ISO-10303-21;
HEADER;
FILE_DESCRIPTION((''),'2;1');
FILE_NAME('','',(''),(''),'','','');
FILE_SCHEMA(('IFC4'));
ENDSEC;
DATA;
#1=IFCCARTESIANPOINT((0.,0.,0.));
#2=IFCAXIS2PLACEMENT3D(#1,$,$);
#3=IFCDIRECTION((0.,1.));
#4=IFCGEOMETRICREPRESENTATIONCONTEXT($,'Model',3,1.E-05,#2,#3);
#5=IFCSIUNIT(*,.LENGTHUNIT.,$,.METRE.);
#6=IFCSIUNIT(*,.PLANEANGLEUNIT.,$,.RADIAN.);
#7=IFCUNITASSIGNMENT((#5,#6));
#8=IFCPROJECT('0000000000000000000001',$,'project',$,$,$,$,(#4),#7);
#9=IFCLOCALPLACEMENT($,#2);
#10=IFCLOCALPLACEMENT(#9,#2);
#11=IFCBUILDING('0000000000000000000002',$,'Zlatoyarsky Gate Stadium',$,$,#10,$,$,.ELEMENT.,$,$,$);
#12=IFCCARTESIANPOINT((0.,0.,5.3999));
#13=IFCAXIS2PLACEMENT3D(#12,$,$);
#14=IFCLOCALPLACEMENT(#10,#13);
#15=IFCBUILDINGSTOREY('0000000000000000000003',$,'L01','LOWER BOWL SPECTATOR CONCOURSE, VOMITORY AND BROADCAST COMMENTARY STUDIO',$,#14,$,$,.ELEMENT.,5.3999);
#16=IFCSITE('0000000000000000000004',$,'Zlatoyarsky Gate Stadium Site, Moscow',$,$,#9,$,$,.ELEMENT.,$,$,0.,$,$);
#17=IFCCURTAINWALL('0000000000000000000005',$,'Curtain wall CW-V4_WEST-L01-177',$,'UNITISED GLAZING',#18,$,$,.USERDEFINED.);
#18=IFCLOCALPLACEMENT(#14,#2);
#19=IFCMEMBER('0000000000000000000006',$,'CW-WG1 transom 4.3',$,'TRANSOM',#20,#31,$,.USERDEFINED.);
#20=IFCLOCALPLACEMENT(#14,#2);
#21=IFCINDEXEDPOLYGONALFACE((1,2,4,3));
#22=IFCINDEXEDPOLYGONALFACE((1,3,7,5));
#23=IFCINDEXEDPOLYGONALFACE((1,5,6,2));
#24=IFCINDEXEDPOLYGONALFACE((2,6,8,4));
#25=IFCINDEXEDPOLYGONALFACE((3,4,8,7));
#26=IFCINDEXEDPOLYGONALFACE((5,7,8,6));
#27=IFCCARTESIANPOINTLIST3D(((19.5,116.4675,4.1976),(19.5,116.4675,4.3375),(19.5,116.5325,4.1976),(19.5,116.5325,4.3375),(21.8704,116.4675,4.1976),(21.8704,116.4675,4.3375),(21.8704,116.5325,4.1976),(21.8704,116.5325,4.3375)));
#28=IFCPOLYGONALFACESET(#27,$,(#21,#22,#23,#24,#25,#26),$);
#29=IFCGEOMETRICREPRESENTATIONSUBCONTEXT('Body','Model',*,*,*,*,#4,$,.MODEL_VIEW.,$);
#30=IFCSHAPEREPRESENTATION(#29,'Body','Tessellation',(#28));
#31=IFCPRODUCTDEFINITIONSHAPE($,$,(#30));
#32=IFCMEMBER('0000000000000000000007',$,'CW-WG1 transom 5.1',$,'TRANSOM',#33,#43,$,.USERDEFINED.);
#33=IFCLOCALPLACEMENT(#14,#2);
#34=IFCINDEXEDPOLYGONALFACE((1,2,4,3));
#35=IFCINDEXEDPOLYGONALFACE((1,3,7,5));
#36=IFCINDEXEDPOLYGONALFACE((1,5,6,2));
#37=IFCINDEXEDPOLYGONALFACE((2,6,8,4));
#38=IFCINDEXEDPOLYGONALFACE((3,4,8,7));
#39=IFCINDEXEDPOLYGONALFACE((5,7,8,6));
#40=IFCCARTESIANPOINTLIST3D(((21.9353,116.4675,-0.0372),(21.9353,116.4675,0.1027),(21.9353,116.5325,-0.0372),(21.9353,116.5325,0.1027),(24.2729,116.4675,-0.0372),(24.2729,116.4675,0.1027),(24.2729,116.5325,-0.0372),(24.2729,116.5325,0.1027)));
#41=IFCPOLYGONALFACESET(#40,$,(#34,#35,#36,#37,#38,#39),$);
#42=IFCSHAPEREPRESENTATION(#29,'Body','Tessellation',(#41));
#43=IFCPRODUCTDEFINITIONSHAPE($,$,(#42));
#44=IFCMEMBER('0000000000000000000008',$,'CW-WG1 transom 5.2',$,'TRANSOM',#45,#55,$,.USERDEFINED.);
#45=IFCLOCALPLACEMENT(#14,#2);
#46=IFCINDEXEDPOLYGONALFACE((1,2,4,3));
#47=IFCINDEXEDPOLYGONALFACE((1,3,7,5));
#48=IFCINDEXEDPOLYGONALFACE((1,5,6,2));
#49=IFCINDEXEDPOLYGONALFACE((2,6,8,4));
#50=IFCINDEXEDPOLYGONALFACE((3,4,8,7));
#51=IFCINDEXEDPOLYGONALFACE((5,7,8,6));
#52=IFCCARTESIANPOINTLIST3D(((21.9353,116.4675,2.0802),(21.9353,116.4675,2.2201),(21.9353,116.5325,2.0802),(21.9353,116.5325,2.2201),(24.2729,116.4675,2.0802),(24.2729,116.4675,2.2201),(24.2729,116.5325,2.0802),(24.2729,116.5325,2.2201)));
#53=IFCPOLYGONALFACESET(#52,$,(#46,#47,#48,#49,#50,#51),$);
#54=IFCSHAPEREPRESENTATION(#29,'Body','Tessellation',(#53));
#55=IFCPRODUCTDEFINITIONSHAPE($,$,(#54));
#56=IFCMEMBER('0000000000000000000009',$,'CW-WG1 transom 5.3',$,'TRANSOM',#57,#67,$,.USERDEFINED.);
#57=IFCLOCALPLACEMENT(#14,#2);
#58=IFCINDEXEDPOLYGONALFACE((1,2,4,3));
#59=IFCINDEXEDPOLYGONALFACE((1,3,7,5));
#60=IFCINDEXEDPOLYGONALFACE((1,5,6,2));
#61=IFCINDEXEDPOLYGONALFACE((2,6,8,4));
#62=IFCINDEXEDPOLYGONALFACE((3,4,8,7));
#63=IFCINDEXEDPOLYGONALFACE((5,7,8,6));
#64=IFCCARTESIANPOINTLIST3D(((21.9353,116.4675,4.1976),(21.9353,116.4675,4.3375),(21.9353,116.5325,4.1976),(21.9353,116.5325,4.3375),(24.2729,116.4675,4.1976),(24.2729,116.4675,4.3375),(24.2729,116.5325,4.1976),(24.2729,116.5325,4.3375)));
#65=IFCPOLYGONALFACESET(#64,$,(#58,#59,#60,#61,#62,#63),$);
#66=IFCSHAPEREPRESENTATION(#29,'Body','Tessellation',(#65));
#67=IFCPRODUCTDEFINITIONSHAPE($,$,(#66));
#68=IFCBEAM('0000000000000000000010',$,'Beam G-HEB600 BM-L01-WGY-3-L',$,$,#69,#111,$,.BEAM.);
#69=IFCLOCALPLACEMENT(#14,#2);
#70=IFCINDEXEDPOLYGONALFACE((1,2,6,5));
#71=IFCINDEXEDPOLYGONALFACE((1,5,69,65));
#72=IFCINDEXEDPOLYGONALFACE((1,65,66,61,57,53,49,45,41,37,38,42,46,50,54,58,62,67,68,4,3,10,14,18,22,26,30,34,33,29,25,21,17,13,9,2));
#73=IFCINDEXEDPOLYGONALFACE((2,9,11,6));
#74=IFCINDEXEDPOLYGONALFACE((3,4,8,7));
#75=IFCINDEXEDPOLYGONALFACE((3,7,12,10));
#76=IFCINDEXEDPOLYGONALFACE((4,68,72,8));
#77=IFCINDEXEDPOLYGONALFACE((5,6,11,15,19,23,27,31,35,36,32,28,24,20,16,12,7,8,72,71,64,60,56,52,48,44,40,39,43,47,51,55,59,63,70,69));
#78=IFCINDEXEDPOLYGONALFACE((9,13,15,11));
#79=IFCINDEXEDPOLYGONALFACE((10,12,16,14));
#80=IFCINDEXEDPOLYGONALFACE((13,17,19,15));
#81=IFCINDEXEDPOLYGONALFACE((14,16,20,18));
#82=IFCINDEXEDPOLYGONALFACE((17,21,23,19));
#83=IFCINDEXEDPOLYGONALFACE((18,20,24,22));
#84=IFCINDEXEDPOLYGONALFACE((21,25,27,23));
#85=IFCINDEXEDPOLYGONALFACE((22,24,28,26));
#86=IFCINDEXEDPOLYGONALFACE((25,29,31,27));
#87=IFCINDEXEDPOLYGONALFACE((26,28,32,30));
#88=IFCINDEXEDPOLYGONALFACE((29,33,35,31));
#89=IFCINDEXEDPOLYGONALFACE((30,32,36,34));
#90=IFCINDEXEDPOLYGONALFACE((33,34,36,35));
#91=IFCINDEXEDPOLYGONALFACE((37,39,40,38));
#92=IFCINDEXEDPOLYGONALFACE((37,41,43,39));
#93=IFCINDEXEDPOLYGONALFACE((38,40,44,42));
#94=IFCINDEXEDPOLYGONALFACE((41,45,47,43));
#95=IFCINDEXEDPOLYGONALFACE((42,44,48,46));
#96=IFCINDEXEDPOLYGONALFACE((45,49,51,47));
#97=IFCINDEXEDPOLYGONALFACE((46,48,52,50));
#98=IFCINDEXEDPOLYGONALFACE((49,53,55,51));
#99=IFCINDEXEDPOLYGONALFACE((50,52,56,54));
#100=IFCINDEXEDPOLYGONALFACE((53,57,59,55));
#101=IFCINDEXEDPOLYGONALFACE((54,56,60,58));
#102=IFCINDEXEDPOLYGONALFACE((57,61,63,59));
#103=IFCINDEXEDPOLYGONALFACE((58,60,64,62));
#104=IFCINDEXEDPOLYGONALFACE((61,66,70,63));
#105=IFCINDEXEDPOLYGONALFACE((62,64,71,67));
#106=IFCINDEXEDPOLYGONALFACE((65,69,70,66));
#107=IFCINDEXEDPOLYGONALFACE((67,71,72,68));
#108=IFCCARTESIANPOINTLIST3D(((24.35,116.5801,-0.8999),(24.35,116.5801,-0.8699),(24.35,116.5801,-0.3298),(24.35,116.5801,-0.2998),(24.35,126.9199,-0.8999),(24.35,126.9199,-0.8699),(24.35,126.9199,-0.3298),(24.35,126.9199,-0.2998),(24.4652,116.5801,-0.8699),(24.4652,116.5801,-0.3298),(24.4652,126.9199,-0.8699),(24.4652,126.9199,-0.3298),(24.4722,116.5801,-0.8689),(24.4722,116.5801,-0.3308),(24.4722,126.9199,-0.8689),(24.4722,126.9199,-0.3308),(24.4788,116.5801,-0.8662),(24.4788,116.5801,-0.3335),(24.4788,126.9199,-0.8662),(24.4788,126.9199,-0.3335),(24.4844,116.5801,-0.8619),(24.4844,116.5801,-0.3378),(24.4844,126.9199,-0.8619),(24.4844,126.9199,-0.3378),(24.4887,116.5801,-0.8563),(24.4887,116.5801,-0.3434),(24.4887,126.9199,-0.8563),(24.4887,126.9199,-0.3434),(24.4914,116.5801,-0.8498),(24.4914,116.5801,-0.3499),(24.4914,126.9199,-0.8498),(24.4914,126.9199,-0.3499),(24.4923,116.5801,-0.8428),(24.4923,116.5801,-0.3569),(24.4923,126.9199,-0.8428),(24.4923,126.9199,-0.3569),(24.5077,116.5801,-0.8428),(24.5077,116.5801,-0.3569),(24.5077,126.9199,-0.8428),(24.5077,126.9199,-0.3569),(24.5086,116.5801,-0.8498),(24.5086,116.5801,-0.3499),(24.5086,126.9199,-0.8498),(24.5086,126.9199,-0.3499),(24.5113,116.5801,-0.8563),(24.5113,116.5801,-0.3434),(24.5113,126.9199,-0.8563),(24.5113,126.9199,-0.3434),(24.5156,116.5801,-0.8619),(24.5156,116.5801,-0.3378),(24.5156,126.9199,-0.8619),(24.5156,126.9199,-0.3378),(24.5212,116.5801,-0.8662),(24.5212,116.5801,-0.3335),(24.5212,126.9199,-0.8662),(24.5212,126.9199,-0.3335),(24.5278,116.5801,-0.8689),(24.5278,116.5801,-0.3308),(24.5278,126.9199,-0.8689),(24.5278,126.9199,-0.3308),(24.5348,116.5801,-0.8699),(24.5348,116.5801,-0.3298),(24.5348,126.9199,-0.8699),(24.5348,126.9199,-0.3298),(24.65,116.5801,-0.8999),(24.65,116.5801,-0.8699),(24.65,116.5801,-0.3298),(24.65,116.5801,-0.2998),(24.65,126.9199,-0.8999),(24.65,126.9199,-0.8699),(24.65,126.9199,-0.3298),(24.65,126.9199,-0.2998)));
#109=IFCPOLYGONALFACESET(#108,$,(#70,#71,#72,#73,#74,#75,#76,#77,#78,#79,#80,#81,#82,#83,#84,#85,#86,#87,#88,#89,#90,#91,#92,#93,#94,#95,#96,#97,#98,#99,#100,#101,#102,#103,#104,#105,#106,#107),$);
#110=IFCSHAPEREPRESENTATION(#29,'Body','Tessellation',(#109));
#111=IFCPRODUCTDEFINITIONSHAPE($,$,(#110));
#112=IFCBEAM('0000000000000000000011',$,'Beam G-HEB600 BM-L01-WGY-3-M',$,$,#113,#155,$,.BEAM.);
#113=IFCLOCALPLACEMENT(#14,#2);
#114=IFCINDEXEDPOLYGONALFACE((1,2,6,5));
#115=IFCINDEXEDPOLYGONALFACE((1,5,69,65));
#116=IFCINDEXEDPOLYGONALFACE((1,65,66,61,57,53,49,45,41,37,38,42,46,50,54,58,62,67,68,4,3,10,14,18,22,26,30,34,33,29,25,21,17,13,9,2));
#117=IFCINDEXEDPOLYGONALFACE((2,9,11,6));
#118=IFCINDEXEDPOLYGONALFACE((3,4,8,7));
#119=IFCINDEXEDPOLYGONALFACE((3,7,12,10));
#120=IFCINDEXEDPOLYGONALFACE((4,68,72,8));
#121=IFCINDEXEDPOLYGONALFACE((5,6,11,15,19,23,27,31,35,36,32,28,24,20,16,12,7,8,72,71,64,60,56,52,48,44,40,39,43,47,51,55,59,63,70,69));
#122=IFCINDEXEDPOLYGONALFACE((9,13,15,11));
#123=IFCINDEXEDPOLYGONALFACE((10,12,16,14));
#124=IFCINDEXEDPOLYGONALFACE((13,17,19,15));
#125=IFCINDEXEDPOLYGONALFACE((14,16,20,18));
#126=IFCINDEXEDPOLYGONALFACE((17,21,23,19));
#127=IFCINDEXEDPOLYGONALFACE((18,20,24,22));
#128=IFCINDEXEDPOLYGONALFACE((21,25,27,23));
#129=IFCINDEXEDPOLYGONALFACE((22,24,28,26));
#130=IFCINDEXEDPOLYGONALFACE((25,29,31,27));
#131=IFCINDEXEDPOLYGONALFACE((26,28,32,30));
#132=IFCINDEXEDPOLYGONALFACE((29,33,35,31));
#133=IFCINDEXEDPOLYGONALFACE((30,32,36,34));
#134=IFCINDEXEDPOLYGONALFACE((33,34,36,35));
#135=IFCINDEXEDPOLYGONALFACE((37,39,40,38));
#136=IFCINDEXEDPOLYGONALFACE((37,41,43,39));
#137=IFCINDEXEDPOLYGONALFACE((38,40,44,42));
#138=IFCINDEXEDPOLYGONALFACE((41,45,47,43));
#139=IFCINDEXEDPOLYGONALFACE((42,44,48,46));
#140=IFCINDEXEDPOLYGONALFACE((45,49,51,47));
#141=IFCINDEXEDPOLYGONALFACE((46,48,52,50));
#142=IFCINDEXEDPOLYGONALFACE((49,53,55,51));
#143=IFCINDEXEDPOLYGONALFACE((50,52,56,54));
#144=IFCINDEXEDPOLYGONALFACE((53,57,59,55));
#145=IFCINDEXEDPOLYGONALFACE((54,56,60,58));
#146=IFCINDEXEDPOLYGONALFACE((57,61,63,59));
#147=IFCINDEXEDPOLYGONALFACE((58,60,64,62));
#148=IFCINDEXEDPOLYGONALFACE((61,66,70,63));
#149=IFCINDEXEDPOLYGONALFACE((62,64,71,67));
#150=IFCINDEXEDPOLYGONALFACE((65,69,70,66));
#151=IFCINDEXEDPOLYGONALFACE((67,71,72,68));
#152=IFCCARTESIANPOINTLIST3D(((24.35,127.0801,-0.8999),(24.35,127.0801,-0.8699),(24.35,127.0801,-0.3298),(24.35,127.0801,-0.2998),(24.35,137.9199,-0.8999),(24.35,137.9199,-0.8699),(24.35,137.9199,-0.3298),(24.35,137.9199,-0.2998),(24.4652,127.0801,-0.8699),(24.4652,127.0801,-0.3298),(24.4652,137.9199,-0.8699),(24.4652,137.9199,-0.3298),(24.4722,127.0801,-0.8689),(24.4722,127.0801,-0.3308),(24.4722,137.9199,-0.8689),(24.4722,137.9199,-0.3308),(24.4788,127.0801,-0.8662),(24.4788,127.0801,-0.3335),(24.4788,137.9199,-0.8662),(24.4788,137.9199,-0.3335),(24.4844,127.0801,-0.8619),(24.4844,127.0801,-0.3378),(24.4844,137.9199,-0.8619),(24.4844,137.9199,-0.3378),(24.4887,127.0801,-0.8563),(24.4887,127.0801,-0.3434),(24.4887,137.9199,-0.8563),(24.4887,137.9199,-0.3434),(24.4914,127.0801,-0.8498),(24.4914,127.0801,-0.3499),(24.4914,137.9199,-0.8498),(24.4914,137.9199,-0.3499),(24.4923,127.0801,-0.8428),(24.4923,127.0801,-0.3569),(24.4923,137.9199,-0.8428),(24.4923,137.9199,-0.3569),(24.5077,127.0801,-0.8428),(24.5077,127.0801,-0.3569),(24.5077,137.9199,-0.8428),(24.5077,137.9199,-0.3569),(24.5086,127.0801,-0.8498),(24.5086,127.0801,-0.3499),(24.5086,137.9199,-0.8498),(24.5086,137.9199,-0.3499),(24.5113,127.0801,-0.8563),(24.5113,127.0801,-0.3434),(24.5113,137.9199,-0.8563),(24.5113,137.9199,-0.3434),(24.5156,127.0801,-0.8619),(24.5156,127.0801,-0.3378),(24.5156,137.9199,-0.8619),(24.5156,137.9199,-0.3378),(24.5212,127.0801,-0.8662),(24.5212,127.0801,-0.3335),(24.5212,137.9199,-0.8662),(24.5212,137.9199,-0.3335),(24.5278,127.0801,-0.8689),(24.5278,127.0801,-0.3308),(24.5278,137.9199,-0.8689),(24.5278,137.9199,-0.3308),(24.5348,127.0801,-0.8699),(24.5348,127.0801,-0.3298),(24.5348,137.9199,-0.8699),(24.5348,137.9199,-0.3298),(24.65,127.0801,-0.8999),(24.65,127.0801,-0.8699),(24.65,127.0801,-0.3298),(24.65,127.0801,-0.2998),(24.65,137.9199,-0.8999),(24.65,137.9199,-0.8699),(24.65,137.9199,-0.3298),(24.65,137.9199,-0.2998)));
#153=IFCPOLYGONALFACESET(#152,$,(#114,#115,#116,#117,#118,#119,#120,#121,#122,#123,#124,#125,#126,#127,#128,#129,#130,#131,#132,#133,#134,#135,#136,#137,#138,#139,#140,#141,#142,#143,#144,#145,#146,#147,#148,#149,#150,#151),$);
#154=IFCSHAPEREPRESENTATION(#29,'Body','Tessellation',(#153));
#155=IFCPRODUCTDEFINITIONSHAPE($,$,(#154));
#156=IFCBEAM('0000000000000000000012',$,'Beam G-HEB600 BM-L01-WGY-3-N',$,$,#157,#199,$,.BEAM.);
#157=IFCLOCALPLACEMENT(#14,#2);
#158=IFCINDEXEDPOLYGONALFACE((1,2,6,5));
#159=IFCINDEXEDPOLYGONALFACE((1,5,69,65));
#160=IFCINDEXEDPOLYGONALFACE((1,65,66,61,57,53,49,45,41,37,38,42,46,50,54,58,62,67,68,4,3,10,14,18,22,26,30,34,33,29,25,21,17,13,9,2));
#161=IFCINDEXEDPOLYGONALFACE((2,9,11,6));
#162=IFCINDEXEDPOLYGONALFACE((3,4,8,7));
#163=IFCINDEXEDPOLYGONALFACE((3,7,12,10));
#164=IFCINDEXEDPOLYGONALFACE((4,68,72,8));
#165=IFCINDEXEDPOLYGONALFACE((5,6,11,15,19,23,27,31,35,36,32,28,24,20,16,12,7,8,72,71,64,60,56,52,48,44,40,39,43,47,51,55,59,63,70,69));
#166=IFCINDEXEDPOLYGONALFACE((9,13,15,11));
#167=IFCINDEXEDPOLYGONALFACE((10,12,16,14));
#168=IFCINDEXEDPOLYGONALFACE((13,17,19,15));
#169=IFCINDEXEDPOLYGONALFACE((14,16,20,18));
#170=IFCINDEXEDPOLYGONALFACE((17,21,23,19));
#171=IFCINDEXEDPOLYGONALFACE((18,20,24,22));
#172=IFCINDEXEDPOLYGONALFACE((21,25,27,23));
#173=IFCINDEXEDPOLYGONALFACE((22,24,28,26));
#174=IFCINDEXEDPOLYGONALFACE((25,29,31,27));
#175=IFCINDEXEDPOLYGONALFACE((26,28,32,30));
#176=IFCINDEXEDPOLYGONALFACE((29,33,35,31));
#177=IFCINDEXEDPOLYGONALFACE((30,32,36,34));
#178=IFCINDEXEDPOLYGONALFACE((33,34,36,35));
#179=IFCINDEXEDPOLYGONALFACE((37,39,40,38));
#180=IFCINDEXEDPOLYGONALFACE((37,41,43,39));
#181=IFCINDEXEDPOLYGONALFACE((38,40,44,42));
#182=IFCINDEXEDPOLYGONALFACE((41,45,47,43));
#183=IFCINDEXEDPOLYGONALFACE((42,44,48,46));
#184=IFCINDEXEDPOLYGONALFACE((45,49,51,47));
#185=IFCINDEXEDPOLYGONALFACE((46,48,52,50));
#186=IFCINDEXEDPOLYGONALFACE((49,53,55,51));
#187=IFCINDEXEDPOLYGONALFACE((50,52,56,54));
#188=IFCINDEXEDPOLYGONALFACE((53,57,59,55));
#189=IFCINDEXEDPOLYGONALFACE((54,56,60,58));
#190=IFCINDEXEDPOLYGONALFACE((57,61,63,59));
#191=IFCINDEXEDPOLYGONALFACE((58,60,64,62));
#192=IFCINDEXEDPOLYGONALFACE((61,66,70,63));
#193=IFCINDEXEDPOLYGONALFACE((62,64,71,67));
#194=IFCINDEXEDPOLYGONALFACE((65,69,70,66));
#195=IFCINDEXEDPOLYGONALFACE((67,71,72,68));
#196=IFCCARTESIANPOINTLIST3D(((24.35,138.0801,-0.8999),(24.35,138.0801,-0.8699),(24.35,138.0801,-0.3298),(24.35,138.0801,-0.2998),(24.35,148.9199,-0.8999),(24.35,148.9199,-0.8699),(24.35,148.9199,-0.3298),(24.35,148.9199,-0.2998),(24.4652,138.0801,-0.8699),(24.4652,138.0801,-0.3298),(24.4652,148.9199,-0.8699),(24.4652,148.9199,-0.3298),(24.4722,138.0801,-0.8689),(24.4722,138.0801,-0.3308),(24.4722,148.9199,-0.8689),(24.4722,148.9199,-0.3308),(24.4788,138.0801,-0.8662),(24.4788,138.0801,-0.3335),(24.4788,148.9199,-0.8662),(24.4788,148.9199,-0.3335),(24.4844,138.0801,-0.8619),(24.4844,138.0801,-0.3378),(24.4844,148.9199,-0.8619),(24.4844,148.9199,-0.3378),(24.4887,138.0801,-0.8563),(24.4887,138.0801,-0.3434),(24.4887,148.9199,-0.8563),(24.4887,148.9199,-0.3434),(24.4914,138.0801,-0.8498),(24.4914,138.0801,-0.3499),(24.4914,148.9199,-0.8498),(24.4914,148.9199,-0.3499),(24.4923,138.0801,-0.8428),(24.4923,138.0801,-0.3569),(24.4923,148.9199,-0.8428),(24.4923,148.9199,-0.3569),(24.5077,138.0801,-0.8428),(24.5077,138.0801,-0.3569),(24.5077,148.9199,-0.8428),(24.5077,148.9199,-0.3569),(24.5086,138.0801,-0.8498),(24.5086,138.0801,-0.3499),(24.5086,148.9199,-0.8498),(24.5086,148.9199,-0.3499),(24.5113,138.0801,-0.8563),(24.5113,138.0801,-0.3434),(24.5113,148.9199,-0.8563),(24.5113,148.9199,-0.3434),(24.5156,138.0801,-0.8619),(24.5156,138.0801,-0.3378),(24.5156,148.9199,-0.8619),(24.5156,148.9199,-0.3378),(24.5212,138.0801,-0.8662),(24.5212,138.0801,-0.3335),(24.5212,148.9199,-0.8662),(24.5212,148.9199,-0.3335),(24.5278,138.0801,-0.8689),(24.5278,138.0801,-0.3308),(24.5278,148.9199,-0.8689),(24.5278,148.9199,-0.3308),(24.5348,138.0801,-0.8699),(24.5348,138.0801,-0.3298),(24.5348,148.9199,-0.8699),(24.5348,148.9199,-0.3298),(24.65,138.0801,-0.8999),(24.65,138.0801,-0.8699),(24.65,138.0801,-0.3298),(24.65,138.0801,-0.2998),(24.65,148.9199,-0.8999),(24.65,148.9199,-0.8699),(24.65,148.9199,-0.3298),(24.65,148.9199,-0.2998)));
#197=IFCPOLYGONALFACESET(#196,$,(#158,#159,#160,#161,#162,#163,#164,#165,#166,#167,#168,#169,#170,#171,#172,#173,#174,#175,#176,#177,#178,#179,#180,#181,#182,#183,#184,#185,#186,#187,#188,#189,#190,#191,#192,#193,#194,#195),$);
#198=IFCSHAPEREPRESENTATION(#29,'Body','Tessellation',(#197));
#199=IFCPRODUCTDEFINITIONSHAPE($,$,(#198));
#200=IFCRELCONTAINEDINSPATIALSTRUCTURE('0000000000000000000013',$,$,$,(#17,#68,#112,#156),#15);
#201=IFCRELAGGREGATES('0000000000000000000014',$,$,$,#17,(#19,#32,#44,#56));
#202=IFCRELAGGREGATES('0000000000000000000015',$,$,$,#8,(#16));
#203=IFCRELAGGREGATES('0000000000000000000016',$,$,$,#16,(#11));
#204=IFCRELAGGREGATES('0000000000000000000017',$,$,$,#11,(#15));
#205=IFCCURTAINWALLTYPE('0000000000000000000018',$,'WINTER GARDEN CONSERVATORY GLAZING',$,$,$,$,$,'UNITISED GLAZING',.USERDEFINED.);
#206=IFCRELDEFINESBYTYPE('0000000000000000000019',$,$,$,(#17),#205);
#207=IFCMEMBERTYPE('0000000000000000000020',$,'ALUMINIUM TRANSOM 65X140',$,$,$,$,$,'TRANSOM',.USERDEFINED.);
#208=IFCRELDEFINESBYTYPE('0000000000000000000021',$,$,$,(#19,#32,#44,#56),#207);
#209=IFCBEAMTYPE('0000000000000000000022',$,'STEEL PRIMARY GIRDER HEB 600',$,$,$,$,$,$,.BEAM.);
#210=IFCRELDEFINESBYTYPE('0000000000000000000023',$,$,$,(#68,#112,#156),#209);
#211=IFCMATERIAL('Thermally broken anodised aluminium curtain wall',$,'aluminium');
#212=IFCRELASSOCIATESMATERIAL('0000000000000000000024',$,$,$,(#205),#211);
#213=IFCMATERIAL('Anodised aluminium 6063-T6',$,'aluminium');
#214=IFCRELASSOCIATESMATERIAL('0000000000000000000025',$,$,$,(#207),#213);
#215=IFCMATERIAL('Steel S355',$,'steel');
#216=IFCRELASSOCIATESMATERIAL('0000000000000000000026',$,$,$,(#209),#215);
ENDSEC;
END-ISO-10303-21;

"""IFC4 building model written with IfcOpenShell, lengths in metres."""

from ifc_helpers import new_model, si_unit, direction, frame, origin, origin_2d, place, context, subcontext, project, spatial, rectangle, i_section, extrude, material, material_profile, profile_set, type_object, element, aggregate, save


model = new_model("IFC4")

# Units and contexts
model_context = context("Model", 3, precision=1e-05, world=origin(), true_north=direction((0.0, 1.0)))
body_context = subcontext(model_context, "Body", "Model", "MODEL_VIEW")
ifc_project = project(units=[si_unit("LENGTHUNIT", "METRE"), si_unit("PLANEANGLEUNIT", "RADIAN")], contexts=[model_context])

# Site, building, storey
site_placement = place(None, origin())
site = spatial("IfcSite", under=ifc_project, at=site_placement, Name="Zlatoyarsky Gate Stadium Site, Moscow", CompositionType="ELEMENT", RefElevation=0.0)
building_placement = place(site_placement, origin())
building = spatial("IfcBuilding", under=site, at=building_placement, Name="Zlatoyarsky Gate Stadium", CompositionType="ELEMENT")
storey_placement = place(building_placement, frame((0.0, 0.0, 5.3999)))
storey = spatial("IfcBuildingStorey", under=building, at=storey_placement, Name="L01", Description="LOWER BOWL SPECTATOR CONCOURSE, VOMITORY AND BROADCAST COMMENTARY STUDIO", CompositionType="ELEMENT", Elevation=5.3999)

# Shared definitions
ifc_material_1 = material(Name="Steel S355", Category="steel")

# Curtain wall, members
ifc_material_2 = material(Name="Thermally broken anodised aluminium curtain wall", Category="aluminium")
curtain_wall_type = type_object("IfcCurtainWallType", Name="WINTER GARDEN CONSERVATORY GLAZING", ElementType="UNITISED GLAZING", PredefinedType="USERDEFINED", material=ifc_material_2)
curtain_wall_placement = place(storey_placement, origin())
curtain_wall = element("IfcCurtainWall", 1, at=curtain_wall_placement, inside=storey, type_object=curtain_wall_type, Name="Curtain wall CW-V4_WEST-L01-177", ObjectType="UNITISED GLAZING", PredefinedType="USERDEFINED")
ifc_material_3 = material(Name="Anodised aluminium 6063-T6", Category="aluminium")
ifc_material_profile_1 = material_profile(ifc_material_3, rectangle(XDim=0.0649, YDim=0.1399, at=origin_2d()), Name="ALU 65X140")
ifc_profile_set_1 = profile_set([ifc_material_profile_1], Name="Anodised aluminium 6063-T6")
member_type_1 = type_object("IfcMemberType", Name="ALUMINIUM TRANSOM 65X140", ElementType="TRANSOM", PredefinedType="USERDEFINED", material=ifc_profile_set_1)
member_1_placement = place(storey_placement, frame((19.5, 116.5, 4.2676), z_axis=(1.0, 0.0, 0.0), x_axis=(0.0, 1.0, 0.0)))
member_1 = element("IfcMember", 2, at=member_1_placement, type_object=member_type_1, Name="CW-WG1 transom 4.3", ObjectType="TRANSOM", PredefinedType="USERDEFINED", context=body_context, shape_type="SweptSolid", body=[
    extrude(rectangle(XDim=0.0649, YDim=0.1399, at=origin_2d()), origin(), (0.0, 0.0, 1.0), 2.3704),
])
member_2_placement = place(storey_placement, frame((21.9353, 116.5, 0.0327), z_axis=(1.0, 0.0, 0.0), x_axis=(0.0, 1.0, 0.0)))
member_2 = element("IfcMember", 3, at=member_2_placement, type_object=member_type_1, Name="CW-WG1 transom 5.1", ObjectType="TRANSOM", PredefinedType="USERDEFINED", context=body_context, shape_type="SweptSolid", body=[
    extrude(rectangle(XDim=0.0649, YDim=0.1399, at=origin_2d()), origin(), (0.0, 0.0, 1.0), 2.3376),
])
member_3_placement = place(storey_placement, frame((21.9353, 116.5, 2.1501), z_axis=(1.0, 0.0, 0.0), x_axis=(0.0, 1.0, 0.0)))
member_3 = element("IfcMember", 4, at=member_3_placement, type_object=member_type_1, Name="CW-WG1 transom 5.2", ObjectType="TRANSOM", PredefinedType="USERDEFINED", context=body_context, shape_type="SweptSolid", body=[
    extrude(rectangle(XDim=0.0649, YDim=0.1399, at=origin_2d()), origin(), (0.0, 0.0, 1.0), 2.3376),
])
member_4_placement = place(storey_placement, frame((21.9353, 116.5, 4.2676), z_axis=(1.0, 0.0, 0.0), x_axis=(0.0, 1.0, 0.0)))
member_4 = element("IfcMember", 5, at=member_4_placement, type_object=member_type_1, Name="CW-WG1 transom 5.3", ObjectType="TRANSOM", PredefinedType="USERDEFINED", context=body_context, shape_type="SweptSolid", body=[
    extrude(rectangle(XDim=0.0649, YDim=0.1399, at=origin_2d()), origin(), (0.0, 0.0, 1.0), 2.3376),
])

# Beams
ifc_material_profile_2 = material_profile(ifc_material_1, i_section(OverallWidth=0.3, OverallDepth=0.6001, WebThickness=0.0154, FlangeThickness=0.03, FilletRadius=0.0271, at=origin_2d()), Name="HEB 600")
ifc_profile_set_2 = profile_set([ifc_material_profile_2], Name="Steel S355")
beam_type = type_object("IfcBeamType", Name="STEEL PRIMARY GIRDER HEB 600", PredefinedType="BEAM", material=ifc_profile_set_2)
beam_placement = place(storey_placement, frame((24.5, 116.5801, -0.5999), z_axis=(0.0, 1.0, 0.0), x_axis=(-1.0, 0.0, 0.0)))
element("IfcBeam", 6, at=beam_placement, inside=storey, type_object=beam_type, Name="Beam G-HEB600 BM-L01-WGY-3-L", PredefinedType="BEAM", context=body_context, shape_type="SweptSolid", body=[
    extrude(i_section(OverallWidth=0.3, OverallDepth=0.6001, WebThickness=0.0154, FlangeThickness=0.03, FilletRadius=0.0271, at=origin_2d()), origin(), (0.0, 0.0, 1.0), 10.3398),
])
for number, where, z_axis, x_axis, name in (
    (7, (24.5, 127.0801, -0.5999), (0.0, 1.0, 0.0), (-1.0, 0.0, 0.0), "Beam G-HEB600 BM-L01-WGY-3-M"),
    (8, (24.5, 138.0801, -0.5999), (0.0, 1.0, 0.0), (-1.0, 0.0, 0.0), "Beam G-HEB600 BM-L01-WGY-3-N"),
):
    element("IfcBeam", number, at=place(storey_placement, frame(where, z_axis=z_axis, x_axis=x_axis)), inside=storey, type_object=beam_type, Name=name, PredefinedType="BEAM", context=body_context, shape_type="SweptSolid", body=[
        extrude(i_section(OverallWidth=0.3, OverallDepth=0.6001, WebThickness=0.0154, FlangeThickness=0.03, FilletRadius=0.0271, at=origin_2d()), origin(), (0.0, 0.0, 1.0), 10.8398),
    ])

aggregate(curtain_wall, [member_1, member_2, member_3, member_4])

save(model, "model.ifc")
